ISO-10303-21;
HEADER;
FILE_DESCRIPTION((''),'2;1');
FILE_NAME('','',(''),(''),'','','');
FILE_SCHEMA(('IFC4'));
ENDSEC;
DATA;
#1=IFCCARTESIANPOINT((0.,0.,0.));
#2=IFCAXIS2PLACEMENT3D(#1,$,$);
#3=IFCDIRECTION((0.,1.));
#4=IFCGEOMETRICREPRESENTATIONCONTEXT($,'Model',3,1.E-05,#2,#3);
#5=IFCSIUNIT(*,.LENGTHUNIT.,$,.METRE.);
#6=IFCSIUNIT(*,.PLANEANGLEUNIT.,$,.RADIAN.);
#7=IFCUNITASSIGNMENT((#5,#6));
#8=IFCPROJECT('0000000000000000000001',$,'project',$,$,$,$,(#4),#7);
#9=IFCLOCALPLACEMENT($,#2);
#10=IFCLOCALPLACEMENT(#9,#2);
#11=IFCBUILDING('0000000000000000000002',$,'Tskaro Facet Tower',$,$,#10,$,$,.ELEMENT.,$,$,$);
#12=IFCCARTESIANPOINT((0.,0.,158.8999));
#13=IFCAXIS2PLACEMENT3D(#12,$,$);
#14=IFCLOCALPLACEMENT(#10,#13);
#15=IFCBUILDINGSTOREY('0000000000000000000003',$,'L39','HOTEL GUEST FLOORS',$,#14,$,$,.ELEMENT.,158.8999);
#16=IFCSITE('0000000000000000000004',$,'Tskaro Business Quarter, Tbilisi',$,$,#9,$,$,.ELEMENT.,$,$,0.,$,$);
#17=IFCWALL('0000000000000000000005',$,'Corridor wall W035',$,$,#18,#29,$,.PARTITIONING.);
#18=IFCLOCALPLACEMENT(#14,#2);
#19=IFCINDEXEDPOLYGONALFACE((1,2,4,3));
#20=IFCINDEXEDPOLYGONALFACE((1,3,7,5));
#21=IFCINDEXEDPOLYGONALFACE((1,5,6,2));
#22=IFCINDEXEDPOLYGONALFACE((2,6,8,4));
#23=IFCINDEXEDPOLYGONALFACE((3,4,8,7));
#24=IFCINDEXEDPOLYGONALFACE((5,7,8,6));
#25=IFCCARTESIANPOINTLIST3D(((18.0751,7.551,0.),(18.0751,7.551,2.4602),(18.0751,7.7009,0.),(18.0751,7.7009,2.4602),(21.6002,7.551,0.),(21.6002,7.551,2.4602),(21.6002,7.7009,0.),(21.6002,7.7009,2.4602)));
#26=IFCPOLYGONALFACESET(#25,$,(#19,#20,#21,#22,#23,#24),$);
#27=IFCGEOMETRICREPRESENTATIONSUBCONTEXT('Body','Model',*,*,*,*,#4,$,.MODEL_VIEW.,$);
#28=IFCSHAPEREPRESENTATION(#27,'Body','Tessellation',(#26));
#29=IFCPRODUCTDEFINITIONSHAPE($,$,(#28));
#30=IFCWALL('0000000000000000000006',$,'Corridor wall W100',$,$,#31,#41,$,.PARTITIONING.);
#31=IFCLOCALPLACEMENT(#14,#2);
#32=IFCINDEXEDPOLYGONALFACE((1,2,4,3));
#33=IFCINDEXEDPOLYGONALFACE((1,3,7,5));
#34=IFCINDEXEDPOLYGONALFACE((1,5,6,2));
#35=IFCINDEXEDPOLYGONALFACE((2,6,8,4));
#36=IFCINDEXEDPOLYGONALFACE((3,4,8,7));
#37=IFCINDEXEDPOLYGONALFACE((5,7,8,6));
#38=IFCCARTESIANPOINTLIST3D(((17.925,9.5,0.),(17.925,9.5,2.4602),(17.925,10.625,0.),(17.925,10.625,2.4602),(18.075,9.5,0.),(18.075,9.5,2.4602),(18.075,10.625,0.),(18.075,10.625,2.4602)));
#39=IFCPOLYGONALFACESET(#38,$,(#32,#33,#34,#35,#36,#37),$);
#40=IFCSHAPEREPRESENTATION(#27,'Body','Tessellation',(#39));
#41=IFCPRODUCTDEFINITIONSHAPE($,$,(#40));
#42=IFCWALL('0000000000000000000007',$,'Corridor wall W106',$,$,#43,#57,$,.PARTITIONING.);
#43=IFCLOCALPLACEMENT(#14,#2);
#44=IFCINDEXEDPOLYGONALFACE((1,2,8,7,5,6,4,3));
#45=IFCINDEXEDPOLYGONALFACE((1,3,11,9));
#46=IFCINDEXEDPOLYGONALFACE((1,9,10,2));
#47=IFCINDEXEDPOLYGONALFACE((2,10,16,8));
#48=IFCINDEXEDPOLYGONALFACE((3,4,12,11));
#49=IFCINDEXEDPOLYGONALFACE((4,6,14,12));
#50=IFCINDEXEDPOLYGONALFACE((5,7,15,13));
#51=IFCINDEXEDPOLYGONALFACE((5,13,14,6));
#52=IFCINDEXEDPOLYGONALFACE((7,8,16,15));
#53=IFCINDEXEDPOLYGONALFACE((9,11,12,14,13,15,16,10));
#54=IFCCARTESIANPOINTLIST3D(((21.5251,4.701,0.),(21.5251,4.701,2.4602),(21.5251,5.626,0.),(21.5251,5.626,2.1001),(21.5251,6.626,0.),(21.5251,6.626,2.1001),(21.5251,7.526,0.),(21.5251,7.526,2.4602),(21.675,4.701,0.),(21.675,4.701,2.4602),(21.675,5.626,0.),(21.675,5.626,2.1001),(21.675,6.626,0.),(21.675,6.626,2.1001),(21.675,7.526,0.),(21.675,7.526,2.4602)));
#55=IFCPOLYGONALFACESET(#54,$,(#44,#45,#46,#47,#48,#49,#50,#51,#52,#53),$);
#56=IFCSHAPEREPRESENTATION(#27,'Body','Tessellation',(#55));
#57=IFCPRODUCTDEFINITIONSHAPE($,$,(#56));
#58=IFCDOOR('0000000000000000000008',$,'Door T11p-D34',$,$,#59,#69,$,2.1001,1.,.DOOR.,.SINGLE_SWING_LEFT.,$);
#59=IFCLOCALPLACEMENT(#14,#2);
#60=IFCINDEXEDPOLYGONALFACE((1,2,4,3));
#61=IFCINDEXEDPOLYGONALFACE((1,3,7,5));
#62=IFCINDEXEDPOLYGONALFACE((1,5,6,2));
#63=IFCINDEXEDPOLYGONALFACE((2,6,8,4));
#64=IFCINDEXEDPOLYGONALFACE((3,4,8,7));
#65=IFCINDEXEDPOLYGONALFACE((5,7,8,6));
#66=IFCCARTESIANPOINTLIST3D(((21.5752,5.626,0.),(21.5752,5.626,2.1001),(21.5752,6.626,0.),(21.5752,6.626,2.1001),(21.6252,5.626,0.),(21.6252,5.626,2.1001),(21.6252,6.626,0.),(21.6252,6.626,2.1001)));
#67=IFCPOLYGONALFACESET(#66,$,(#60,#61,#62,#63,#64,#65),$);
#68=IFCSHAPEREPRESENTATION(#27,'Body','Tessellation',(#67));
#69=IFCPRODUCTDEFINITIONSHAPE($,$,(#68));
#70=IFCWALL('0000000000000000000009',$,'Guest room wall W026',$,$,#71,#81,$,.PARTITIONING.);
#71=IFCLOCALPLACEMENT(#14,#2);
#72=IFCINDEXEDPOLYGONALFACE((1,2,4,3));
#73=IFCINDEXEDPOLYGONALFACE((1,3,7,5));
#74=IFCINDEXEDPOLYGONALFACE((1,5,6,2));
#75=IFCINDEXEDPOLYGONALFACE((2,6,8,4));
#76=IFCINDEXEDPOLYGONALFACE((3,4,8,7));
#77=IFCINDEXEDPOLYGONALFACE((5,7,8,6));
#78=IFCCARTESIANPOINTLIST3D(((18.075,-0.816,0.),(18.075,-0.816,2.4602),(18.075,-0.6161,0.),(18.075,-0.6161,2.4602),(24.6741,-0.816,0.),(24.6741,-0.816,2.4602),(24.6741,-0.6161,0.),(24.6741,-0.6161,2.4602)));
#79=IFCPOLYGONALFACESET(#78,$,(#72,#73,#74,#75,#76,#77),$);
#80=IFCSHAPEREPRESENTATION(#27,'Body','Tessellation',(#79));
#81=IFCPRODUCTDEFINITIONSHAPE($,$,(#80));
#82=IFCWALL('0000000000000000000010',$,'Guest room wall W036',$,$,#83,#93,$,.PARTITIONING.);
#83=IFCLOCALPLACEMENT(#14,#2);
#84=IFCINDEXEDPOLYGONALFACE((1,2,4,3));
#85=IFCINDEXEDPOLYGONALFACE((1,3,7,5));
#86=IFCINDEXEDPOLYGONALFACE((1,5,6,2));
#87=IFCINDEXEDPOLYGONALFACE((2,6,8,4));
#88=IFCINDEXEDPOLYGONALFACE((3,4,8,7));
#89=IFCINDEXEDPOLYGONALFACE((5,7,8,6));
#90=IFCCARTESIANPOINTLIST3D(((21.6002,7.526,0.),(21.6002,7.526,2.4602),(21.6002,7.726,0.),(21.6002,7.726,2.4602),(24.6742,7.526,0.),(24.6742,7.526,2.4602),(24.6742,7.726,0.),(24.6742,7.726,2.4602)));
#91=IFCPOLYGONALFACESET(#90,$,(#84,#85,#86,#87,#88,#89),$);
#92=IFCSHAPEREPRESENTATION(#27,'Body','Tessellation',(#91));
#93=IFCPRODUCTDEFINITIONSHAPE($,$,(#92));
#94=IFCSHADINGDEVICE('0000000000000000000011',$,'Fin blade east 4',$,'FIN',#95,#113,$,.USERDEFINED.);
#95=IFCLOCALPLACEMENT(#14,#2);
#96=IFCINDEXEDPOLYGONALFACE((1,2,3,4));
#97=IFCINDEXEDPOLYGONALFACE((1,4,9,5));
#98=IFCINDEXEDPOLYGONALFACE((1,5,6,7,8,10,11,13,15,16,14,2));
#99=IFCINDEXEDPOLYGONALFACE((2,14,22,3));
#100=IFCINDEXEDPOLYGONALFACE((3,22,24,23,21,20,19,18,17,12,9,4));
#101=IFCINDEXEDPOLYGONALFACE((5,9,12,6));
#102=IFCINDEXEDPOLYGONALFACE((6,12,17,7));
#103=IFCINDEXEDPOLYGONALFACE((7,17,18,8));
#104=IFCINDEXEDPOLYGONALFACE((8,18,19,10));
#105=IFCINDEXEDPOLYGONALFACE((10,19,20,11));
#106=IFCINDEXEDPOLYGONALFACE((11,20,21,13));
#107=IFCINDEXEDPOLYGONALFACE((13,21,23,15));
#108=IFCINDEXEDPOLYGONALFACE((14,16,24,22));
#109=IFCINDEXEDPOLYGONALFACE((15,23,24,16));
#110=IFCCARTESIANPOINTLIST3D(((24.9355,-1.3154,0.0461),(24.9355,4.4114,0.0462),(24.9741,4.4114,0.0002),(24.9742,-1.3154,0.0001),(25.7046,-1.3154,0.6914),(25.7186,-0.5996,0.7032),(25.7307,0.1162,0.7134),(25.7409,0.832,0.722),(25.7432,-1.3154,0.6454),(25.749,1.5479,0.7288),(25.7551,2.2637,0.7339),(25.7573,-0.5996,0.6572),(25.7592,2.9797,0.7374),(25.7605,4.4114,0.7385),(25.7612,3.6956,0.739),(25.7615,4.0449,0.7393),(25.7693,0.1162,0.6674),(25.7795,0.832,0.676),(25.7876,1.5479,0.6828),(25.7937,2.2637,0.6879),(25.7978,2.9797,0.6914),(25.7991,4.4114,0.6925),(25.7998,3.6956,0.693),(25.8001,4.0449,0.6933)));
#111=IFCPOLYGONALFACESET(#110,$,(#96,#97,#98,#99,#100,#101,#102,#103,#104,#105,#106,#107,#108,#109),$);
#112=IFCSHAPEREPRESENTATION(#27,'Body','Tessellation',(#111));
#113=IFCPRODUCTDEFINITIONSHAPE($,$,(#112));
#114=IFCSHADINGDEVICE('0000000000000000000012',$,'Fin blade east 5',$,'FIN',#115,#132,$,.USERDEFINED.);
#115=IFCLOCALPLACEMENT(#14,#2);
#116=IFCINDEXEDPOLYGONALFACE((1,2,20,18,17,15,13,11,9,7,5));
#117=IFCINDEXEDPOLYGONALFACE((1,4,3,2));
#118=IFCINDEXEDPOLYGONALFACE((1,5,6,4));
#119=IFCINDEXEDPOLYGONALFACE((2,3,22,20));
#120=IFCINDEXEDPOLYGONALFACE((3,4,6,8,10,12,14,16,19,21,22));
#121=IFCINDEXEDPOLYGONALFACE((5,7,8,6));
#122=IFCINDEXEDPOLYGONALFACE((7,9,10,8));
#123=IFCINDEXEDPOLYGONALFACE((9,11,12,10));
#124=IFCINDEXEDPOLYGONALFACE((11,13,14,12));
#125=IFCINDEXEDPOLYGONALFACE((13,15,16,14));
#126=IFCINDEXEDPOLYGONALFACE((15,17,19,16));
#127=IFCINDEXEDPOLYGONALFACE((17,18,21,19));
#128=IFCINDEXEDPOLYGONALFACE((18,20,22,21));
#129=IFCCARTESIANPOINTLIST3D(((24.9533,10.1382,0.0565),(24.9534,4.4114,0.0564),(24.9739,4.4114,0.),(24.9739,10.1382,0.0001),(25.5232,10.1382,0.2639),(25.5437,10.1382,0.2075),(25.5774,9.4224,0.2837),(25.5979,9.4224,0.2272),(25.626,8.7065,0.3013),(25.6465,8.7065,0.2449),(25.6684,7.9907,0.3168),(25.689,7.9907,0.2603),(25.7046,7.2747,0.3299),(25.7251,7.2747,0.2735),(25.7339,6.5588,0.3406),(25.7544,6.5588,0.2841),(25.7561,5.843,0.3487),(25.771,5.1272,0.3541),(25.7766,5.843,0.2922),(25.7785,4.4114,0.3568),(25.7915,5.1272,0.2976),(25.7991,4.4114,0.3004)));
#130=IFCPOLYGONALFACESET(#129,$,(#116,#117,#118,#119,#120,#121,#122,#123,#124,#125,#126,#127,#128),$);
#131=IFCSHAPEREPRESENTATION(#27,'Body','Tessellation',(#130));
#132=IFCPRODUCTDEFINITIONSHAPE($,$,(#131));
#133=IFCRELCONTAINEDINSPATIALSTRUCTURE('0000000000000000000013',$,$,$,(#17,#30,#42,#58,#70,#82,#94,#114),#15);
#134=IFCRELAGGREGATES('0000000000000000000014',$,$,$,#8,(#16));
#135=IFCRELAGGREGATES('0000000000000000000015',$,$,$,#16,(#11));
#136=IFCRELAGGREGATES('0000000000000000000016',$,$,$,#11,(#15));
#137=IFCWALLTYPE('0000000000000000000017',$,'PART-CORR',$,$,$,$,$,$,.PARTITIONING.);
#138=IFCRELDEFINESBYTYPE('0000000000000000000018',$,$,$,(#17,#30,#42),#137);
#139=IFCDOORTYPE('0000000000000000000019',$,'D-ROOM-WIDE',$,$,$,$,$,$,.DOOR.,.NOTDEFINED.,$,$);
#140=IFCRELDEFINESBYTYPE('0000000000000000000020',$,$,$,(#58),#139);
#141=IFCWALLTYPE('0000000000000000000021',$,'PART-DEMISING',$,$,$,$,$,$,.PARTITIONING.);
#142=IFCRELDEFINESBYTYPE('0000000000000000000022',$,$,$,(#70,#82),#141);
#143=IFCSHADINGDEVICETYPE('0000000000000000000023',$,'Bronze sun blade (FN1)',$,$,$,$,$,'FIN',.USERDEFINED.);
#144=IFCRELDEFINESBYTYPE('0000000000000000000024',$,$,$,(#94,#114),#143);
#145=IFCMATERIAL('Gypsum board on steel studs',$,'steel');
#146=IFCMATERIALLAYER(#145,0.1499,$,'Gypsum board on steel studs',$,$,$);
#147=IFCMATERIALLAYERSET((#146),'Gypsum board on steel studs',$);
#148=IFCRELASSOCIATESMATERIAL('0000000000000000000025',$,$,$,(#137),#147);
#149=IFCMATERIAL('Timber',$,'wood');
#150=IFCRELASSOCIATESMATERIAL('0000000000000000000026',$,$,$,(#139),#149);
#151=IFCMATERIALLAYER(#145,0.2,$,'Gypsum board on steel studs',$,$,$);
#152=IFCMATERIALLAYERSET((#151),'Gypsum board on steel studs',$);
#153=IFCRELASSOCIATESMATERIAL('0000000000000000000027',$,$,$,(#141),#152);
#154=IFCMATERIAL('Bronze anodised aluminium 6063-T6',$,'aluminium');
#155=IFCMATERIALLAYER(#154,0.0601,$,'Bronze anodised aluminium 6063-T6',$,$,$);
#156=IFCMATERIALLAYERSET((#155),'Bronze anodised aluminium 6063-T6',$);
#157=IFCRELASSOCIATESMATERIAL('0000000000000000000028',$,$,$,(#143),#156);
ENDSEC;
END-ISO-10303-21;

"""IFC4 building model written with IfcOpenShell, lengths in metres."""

from ifc_helpers import new_model, si_unit, direction, frame, frame_2d, origin, place, context, subcontext, project, spatial, polyline, rectangle, outline, extrude, material, layer, layer_set, type_object, element, fill, save


model = new_model("IFC4")

# Units and contexts
model_context = context("Model", 3, precision=1e-05, world=origin(), true_north=direction((0.0, 1.0)))
body_context = subcontext(model_context, "Body", "Model", "MODEL_VIEW")
ifc_project = project(units=[si_unit("LENGTHUNIT", "METRE"), si_unit("PLANEANGLEUNIT", "RADIAN")], contexts=[model_context])

# Site, building, storey
site_placement = place(None, origin())
site = spatial("IfcSite", under=ifc_project, at=site_placement, Name="Tskaro Business Quarter, Tbilisi", CompositionType="ELEMENT", RefElevation=0.0)
building_placement = place(site_placement, origin())
building = spatial("IfcBuilding", under=site, at=building_placement, Name="Tskaro Facet Tower", CompositionType="ELEMENT")
storey_placement = place(building_placement, frame((0.0, 0.0, 158.8999)))
storey = spatial("IfcBuildingStorey", under=building, at=storey_placement, Name="L39", Description="HOTEL GUEST FLOORS", CompositionType="ELEMENT", Elevation=158.8999)

# Shared definitions
ifc_material_1 = material(Name="Bronze anodised aluminium 6063-T6", Category="aluminium")

# Walls
ifc_material_2 = material(Name="Gypsum board on steel studs", Category="steel")
ifc_layer_1 = layer(ifc_material_2, 0.1499, Name="Gypsum board on steel studs")
ifc_layer_set_1 = layer_set([ifc_layer_1], Name="Gypsum board on steel studs")
wall_type_1 = type_object("IfcWallType", Name="PART-CORR", PredefinedType="PARTITIONING", material=ifc_layer_set_1)
for number, where, z_axis, x_axis, name in (
    (1, (18.075, 7.626, 0.0), (0.0, 0.0, 1.0), (1.0, 0.0, 0.0), "Corridor wall W035"),
):
    element("IfcWall", number, at=place(storey_placement, frame(where, z_axis=z_axis, x_axis=x_axis)), inside=storey, type_object=wall_type_1, Name=name, PredefinedType="PARTITIONING", context=body_context, shape_type="SweptSolid", body=[
        extrude(rectangle(XDim=3.5251, YDim=0.1499, at=frame_2d((1.7627, 0.0))), origin(), (0.0, 0.0, 1.0), 2.4602),
    ])
wall_1_placement = place(storey_placement, frame((18.0, 9.5, 0.0), z_axis=(0.0, 0.0, 1.0), x_axis=(0.0, 1.0, 0.0)))
element("IfcWall", 2, at=wall_1_placement, inside=storey, type_object=wall_type_1, Name="Corridor wall W100", PredefinedType="PARTITIONING", context=body_context, shape_type="SweptSolid", body=[
    extrude(rectangle(XDim=1.125, YDim=0.1499, at=frame_2d((0.5625, 0.0))), origin(), (0.0, 0.0, 1.0), 2.4602),
])

# Wall, opening, door
wall_2_placement = place(storey_placement, frame((21.6001, 4.7009, 0.0), z_axis=(0.0, 0.0, 1.0), x_axis=(0.0, 1.0, 0.0)))
wall_2 = element("IfcWall", 3, at=wall_2_placement, inside=storey, type_object=wall_type_1, Name="Corridor wall W106", PredefinedType="PARTITIONING", context=body_context, shape_type="SweptSolid", body=[
    extrude(rectangle(XDim=2.825, YDim=0.1499, at=frame_2d((1.4126, 0.0))), origin(), (0.0, 0.0, 1.0), 2.4602),
])
opening_placement = place(wall_2_placement, frame((0.925, 0.0, 0.0)))
opening = element("IfcOpeningElement", 4, at=opening_placement, cuts=wall_2, PredefinedType="OPENING", context=body_context, shape_type="SweptSolid", body=[
    extrude(rectangle(XDim=1.0, YDim=2.1001, at=frame_2d((0.5, 1.05))), frame((0.0, 0.085, 0.0), z_axis=(0.0, -1.0, 0.0), x_axis=(1.0, 0.0, 0.0)), (0.0, 0.0, 1.0), 0.1699),
])
ifc_material_3 = material(Name="Timber", Category="wood")
door_type = type_object("IfcDoorType", Name="D-ROOM-WIDE", OperationType="NOTDEFINED", PredefinedType="DOOR", material=ifc_material_3)
door_placement = place(opening_placement, origin())
door = element("IfcDoor", 5, at=door_placement, inside=storey, type_object=door_type, Name="Door T11p-D34", OperationType="SINGLE_SWING_LEFT", OverallHeight=2.1001, OverallWidth=1.0, PredefinedType="DOOR", context=body_context, shape_type="SweptSolid", body=[
    extrude(rectangle(XDim=1.0, YDim=2.1001, at=frame_2d((0.5, 1.05))), frame((0.0, 0.0249, 0.0), z_axis=(0.0, -1.0, 0.0), x_axis=(1.0, 0.0, 0.0)), (0.0, 0.0, 1.0), 0.05),
])
fill(opening, door)

# Walls
ifc_layer_2 = layer(ifc_material_2, 0.2, Name="Gypsum board on steel studs")
ifc_layer_set_2 = layer_set([ifc_layer_2], Name="Gypsum board on steel studs")
wall_type_2 = type_object("IfcWallType", Name="PART-DEMISING", PredefinedType="PARTITIONING", material=ifc_layer_set_2)
wall_3_placement = place(storey_placement, frame((18.075, -0.7161, 0.0), z_axis=(0.0, 0.0, 1.0), x_axis=(1.0, 0.0, 0.0)))
element("IfcWall", 6, at=wall_3_placement, inside=storey, type_object=wall_type_2, Name="Guest room wall W026", PredefinedType="PARTITIONING", context=body_context, shape_type="SweptSolid", body=[
    extrude(rectangle(XDim=6.5991, YDim=0.2, at=frame_2d((3.2996, 0.0))), origin(), (0.0, 0.0, 1.0), 2.4602),
])
wall_4_placement = place(storey_placement, frame((21.6001, 7.626, 0.0), z_axis=(0.0, 0.0, 1.0), x_axis=(1.0, 0.0, 0.0)))
element("IfcWall", 7, at=wall_4_placement, inside=storey, type_object=wall_type_2, Name="Guest room wall W036", PredefinedType="PARTITIONING", context=body_context, shape_type="SweptSolid", body=[
    extrude(rectangle(XDim=3.074, YDim=0.2, at=frame_2d((1.5371, 0.0))), origin(), (0.0, 0.0, 1.0), 2.4602),
])

# Shading devices
ifc_layer_3 = layer(ifc_material_1, 0.0601, Name="Bronze anodised aluminium 6063-T6")
ifc_layer_set_3 = layer_set([ifc_layer_3], Name="Bronze anodised aluminium 6063-T6")
shading_device_type = type_object("IfcShadingDeviceType", Name="Bronze sun blade (FN1)", ElementType="FIN", PredefinedType="USERDEFINED", material=ifc_layer_set_3)
shading_device_1_placement = place(storey_placement, frame((24.9355, -1.3154, 0.0461), z_axis=(-0.64278, -0.000014, 0.766051), x_axis=(-0.000009, 1.0, 0.000011)))
element("IfcShadingDevice", 8, at=shading_device_1_placement, inside=storey, type_object=shading_device_type, Name="Fin blade east 4", ObjectType="FIN", PredefinedType="USERDEFINED", context=body_context, shape_type="SweptSolid", body=[
    extrude(outline(polyline([(0.0, 0.0), (5.7268, 0.0), (5.7268, -1.077), (5.3604, -1.0782), (5.011, -1.0779), (4.2952, -1.0753), (3.5791, -1.0699), (2.8633, -1.0619), (2.1475, -1.0514), (1.4316, -1.038), (0.7158, -1.0223), (0.0, -1.0039), (0.0, 0.0)])), origin(), (0.0, 0.0, -1.0), 0.0601),
])
shading_device_2_placement = place(storey_placement, frame((24.9534, 4.4114, 0.0564), z_axis=(-0.342082, -0.000017, 0.93967), x_axis=(-0.000006, 1.0, 0.000016)))
element("IfcShadingDevice", 9, at=shading_device_2_placement, inside=storey, type_object=shading_device_type, Name="Fin blade east 5", ObjectType="FIN", PredefinedType="USERDEFINED", context=body_context, shape_type="SweptSolid", body=[
    extrude(outline(polyline([(0.0, 0.0), (5.7268, 0.0), (5.7268, -0.6064), (5.011, -0.6641), (4.2952, -0.7158), (3.5793, -0.761), (2.8633, -0.7994), (2.1475, -0.8306), (1.4316, -0.8543), (0.7158, -0.8701), (0.0, -0.8781), (0.0, 0.0)])), origin(), (0.0, 0.0, -1.0), 0.0601),
])

save(model, "model.ifc")
